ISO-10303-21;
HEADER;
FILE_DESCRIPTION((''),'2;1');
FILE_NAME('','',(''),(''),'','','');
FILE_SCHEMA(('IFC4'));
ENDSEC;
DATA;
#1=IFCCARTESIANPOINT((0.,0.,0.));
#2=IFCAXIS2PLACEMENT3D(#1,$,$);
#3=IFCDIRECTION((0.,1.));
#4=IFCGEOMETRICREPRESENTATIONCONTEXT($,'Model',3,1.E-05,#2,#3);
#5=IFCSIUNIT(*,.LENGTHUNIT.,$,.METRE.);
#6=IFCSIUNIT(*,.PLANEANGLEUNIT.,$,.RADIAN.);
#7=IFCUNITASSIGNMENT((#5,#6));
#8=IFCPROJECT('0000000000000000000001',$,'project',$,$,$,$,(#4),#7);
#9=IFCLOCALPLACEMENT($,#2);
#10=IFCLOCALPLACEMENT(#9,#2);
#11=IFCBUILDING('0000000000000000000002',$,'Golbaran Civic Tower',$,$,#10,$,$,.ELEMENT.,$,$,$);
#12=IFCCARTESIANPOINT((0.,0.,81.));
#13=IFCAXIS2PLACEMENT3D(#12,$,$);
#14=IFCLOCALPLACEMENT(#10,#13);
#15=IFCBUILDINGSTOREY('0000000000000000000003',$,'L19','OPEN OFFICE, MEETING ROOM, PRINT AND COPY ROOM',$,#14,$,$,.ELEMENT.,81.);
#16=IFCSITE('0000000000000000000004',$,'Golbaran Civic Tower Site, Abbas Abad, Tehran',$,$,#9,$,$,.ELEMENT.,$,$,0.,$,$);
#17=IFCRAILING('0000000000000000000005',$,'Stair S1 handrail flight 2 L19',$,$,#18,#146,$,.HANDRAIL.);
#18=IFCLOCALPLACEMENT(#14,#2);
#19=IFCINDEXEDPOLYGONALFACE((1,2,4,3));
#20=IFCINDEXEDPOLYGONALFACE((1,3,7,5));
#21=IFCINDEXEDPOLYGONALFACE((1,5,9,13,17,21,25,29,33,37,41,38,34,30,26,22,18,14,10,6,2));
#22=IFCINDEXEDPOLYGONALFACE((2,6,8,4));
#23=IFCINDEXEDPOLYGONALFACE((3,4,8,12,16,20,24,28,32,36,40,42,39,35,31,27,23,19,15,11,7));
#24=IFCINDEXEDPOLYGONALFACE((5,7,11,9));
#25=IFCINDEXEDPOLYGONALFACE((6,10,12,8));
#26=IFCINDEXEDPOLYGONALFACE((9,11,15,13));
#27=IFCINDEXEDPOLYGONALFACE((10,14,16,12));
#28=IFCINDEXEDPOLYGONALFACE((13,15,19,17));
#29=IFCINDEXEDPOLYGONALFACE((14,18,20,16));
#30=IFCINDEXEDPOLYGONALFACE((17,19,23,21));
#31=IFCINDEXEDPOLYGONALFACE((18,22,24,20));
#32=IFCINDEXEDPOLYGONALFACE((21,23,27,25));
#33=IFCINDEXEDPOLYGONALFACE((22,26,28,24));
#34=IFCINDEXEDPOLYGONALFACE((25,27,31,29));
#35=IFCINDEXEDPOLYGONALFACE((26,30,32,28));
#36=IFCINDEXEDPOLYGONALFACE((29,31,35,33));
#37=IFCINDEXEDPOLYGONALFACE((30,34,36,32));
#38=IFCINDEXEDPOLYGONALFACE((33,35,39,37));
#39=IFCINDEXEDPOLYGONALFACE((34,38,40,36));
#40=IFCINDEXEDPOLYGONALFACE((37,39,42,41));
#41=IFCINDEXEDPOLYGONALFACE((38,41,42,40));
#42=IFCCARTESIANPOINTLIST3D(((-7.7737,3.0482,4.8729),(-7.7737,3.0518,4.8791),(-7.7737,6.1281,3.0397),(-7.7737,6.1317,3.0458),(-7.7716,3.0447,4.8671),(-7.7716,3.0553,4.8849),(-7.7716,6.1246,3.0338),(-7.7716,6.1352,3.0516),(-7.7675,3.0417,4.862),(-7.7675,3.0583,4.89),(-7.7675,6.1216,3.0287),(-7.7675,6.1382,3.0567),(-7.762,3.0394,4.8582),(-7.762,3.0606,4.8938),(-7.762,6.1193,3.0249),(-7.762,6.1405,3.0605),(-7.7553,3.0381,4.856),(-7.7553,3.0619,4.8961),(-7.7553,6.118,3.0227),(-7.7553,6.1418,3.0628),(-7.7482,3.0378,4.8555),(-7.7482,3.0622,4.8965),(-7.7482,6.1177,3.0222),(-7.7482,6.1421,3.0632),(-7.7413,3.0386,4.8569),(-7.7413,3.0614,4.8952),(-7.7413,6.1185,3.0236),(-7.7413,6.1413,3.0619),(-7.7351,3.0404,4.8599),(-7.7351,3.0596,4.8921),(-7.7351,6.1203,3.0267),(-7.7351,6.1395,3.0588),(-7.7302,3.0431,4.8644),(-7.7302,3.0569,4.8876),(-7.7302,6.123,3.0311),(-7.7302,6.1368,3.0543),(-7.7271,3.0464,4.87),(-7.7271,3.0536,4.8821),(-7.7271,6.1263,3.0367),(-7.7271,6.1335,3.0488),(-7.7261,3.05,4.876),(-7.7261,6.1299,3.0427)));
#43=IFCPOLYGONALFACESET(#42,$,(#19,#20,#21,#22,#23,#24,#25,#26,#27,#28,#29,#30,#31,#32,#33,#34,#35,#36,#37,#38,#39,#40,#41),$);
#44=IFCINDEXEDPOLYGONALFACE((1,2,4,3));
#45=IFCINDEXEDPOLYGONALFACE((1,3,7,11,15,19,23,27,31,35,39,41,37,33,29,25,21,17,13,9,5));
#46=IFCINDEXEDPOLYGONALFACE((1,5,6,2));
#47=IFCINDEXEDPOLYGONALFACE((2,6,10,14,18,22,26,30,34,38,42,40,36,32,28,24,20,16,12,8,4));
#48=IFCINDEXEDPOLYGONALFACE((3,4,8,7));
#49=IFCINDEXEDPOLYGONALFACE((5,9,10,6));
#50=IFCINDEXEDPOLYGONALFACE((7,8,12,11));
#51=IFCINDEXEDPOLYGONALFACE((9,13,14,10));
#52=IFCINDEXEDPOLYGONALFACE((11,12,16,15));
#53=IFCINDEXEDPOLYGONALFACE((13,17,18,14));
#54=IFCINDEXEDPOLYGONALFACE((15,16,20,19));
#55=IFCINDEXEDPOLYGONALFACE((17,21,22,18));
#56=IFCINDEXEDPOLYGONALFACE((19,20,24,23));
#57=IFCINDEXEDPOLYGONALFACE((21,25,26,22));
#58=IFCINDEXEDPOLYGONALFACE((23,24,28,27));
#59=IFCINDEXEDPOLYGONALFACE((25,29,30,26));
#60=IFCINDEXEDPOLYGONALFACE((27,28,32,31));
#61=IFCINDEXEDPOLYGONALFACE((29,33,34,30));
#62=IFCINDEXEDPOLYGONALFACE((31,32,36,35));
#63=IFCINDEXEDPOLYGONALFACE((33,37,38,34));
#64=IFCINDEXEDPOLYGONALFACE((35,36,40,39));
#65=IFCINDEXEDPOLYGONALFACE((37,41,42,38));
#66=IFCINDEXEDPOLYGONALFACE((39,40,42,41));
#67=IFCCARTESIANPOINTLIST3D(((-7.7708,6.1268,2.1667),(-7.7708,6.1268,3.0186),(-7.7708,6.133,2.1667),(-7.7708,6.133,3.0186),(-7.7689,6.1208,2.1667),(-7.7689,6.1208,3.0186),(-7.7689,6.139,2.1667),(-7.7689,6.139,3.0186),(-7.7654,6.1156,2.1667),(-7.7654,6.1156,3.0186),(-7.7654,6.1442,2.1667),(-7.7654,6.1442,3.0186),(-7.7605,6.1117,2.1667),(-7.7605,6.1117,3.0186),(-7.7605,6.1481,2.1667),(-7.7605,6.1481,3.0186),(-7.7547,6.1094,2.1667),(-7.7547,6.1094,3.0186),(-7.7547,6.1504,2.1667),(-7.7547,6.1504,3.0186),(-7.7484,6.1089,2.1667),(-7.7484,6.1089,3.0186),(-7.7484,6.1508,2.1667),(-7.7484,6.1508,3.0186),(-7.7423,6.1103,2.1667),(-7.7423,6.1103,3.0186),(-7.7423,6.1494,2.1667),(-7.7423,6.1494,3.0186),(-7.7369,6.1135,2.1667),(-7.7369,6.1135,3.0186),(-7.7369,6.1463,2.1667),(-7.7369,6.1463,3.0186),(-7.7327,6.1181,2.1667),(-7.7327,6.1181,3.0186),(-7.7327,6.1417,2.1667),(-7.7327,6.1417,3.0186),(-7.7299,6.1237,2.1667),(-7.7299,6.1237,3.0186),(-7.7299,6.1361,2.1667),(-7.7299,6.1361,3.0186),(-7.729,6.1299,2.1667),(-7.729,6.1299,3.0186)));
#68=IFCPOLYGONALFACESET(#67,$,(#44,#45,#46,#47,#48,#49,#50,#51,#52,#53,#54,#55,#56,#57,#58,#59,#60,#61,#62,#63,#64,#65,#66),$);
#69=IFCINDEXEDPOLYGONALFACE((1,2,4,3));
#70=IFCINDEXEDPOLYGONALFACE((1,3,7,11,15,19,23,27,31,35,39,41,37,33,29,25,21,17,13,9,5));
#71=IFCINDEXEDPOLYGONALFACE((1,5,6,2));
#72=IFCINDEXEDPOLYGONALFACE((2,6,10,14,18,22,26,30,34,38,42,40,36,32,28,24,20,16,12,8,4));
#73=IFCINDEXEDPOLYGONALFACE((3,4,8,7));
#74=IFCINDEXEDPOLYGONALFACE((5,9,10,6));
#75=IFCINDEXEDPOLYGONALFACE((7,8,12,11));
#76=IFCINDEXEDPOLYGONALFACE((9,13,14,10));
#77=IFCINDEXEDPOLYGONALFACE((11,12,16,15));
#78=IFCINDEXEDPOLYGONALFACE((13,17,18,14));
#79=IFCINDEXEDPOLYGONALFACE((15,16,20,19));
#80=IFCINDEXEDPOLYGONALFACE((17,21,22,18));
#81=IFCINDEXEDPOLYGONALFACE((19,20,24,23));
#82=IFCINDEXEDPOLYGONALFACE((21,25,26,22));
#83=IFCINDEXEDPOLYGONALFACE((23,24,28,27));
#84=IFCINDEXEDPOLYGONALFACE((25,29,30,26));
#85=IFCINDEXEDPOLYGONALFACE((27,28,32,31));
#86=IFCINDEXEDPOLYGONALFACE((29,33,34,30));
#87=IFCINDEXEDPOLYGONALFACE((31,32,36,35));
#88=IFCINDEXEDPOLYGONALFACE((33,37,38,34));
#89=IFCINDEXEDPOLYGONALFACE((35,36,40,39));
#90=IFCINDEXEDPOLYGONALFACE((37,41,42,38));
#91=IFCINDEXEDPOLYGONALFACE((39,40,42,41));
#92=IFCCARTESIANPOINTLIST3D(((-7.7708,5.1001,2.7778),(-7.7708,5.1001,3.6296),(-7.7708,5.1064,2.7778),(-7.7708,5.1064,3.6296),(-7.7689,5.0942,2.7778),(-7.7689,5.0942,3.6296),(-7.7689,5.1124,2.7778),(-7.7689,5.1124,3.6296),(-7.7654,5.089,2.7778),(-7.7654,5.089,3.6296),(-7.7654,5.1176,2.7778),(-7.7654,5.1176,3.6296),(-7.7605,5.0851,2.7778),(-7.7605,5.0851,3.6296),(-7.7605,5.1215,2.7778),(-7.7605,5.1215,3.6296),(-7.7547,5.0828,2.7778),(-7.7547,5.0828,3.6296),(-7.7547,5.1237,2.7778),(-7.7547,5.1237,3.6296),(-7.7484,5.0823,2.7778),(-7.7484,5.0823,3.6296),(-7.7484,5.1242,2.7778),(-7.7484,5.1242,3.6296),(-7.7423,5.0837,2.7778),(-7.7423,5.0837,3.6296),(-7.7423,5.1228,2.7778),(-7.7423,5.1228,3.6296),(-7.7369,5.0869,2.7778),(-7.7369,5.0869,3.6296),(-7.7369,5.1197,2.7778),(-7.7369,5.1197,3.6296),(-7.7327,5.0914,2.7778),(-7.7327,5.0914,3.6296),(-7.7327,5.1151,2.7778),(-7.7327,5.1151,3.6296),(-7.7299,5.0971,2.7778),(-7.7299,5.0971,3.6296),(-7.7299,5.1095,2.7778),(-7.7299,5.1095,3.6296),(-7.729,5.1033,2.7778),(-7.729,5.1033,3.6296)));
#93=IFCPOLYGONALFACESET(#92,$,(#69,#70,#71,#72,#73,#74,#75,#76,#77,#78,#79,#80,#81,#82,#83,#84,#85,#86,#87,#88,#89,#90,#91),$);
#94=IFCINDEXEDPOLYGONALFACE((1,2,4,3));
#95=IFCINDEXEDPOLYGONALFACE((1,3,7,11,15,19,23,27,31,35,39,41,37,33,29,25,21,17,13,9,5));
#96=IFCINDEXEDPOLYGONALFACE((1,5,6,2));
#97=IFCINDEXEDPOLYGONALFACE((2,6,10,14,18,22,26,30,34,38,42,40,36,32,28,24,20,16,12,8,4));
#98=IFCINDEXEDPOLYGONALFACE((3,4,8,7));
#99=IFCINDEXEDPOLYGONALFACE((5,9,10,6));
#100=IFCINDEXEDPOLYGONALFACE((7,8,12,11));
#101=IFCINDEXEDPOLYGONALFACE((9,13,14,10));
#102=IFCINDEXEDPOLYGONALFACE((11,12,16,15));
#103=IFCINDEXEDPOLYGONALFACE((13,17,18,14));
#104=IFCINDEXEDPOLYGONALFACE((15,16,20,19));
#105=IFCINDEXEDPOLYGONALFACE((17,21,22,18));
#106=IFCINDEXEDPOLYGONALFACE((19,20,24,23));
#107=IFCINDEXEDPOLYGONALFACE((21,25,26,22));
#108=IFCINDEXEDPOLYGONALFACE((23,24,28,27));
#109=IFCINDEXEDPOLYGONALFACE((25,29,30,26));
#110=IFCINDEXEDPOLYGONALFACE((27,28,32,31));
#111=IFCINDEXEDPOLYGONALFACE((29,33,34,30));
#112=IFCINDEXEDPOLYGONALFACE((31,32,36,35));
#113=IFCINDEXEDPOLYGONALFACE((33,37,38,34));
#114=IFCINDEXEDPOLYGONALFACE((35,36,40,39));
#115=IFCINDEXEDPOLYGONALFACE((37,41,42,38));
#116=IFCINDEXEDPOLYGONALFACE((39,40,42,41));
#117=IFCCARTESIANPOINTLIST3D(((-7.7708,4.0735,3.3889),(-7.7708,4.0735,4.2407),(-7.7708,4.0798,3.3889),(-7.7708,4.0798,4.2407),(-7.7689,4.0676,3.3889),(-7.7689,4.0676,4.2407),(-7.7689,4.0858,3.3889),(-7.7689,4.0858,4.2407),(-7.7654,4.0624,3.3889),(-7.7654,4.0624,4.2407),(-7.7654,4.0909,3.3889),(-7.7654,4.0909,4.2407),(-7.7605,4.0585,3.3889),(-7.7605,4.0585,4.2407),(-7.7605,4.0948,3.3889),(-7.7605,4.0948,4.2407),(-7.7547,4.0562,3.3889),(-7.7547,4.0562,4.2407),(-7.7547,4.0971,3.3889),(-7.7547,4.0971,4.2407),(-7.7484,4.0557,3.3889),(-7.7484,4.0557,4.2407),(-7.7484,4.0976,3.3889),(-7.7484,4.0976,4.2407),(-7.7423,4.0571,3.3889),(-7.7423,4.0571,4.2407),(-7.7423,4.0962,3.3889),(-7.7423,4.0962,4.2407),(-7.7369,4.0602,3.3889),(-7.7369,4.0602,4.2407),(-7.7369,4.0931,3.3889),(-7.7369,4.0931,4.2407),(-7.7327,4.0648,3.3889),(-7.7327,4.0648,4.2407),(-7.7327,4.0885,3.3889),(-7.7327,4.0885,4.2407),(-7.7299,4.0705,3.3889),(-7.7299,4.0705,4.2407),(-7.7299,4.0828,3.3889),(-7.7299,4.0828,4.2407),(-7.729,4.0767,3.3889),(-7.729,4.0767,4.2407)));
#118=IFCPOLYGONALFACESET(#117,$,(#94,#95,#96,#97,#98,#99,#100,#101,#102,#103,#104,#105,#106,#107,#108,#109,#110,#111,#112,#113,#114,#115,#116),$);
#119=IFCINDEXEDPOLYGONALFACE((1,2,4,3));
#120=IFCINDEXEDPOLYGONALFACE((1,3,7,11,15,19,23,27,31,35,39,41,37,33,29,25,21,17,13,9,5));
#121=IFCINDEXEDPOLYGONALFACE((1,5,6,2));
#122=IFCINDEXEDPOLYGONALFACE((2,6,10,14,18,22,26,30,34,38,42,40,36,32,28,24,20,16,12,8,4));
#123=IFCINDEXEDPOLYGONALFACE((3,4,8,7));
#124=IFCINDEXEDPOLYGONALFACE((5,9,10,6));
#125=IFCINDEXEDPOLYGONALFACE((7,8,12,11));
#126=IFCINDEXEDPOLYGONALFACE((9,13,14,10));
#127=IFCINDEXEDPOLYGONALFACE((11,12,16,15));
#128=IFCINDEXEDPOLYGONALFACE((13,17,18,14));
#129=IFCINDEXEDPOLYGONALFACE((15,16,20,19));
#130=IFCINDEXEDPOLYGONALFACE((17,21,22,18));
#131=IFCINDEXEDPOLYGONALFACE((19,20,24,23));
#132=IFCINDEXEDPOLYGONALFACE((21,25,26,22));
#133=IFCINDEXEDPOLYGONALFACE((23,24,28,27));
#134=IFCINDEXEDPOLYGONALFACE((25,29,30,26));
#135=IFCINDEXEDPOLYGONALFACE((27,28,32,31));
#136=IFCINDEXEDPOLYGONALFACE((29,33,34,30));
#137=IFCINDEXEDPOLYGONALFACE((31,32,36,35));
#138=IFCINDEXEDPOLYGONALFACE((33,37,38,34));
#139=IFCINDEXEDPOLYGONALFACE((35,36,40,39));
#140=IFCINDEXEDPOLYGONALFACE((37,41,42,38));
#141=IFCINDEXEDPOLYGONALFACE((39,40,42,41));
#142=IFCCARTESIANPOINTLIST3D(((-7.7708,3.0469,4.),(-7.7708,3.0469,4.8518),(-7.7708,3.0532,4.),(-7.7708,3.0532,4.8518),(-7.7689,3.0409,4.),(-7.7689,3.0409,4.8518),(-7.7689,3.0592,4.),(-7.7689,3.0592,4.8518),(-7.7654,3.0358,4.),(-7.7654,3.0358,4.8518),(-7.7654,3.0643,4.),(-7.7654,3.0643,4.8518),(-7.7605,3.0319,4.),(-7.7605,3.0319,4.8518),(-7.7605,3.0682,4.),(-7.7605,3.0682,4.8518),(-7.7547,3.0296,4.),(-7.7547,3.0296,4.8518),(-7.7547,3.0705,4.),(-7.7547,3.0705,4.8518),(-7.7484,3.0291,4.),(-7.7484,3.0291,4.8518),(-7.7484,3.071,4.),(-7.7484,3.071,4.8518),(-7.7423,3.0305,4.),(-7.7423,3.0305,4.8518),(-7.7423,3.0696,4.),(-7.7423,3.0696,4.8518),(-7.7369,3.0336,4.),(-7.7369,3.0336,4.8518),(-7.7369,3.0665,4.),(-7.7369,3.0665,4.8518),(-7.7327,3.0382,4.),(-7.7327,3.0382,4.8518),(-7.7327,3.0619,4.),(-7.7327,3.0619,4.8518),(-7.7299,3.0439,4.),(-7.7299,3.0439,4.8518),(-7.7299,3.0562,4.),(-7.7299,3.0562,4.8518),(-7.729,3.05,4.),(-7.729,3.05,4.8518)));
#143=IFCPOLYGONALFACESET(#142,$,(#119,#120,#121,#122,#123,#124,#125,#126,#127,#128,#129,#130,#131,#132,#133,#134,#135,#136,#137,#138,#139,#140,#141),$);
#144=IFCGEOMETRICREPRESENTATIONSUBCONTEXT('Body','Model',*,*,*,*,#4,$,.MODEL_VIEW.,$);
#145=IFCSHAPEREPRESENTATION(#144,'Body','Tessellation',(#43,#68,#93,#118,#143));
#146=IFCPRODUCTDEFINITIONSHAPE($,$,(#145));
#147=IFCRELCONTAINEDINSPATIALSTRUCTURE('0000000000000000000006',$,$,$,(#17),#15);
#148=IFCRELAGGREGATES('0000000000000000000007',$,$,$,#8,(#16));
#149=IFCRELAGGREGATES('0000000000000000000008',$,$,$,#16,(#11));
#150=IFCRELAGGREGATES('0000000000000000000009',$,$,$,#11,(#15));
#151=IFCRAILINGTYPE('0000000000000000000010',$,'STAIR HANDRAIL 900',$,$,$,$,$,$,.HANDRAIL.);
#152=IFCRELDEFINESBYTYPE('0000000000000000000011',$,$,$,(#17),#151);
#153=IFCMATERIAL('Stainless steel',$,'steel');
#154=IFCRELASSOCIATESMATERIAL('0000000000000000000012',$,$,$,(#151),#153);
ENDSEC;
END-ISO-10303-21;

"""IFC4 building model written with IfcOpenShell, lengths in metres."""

from ifc_helpers import new_model, si_unit, direction, frame, origin, origin_2d, place, context, subcontext, project, spatial, circle, extrude, material, type_object, element, save


model = new_model("IFC4")

# Units and contexts
model_context = context("Model", 3, precision=1e-05, world=origin(), true_north=direction((0.0, 1.0)))
body_context = subcontext(model_context, "Body", "Model", "MODEL_VIEW")
ifc_project = project(units=[si_unit("LENGTHUNIT", "METRE"), si_unit("PLANEANGLEUNIT", "RADIAN")], contexts=[model_context])

# Site, building, storey
site_placement = place(None, origin())
site = spatial("IfcSite", under=ifc_project, at=site_placement, Name="Golbaran Civic Tower Site, Abbas Abad, Tehran", CompositionType="ELEMENT", RefElevation=0.0)
building_placement = place(site_placement, origin())
building = spatial("IfcBuilding", under=site, at=building_placement, Name="Golbaran Civic Tower", CompositionType="ELEMENT")
storey_placement = place(building_placement, frame((0.0, 0.0, 81.0)))
storey = spatial("IfcBuildingStorey", under=building, at=storey_placement, Name="L19", Description="OPEN OFFICE, MEETING ROOM, PRINT AND COPY ROOM", CompositionType="ELEMENT", Elevation=81.0)

# Railing
ifc_material_1 = material(Name="Stainless steel", Category="steel")
railing_type = type_object("IfcRailingType", Name="STAIR HANDRAIL 900", PredefinedType="HANDRAIL", material=ifc_material_1)
railing_1_placement = place(storey_placement, frame((-7.75, 6.1299, 2.1667)))
element("IfcRailing", 1, at=railing_1_placement, inside=storey, type_object=railing_type, Name="Stair S1 handrail flight 2 L19", PredefinedType="HANDRAIL", context=body_context, shape_type="SweptSolid", body=[
    extrude(circle(Radius=0.0239, at=origin_2d()), frame((0.0, 0.0, 0.876), z_axis=(0.0, -0.859291, 0.511487), x_axis=(1.0, 0.0, 0.0)), (0.0, 0.0, 1.0), 3.5842),
    extrude(circle(Radius=0.021, at=origin_2d()), origin(), (0.0, 0.0, 1.0), 0.8518),
    extrude(circle(Radius=0.021, at=origin_2d()), frame((0.0, -1.0266, 0.6111)), (0.0, 0.0, 1.0), 0.8518),
    extrude(circle(Radius=0.021, at=origin_2d()), frame((0.0, -2.0532, 1.2222)), (0.0, 0.0, 1.0), 0.8518),
    extrude(circle(Radius=0.021, at=origin_2d()), frame((0.0, -3.0798, 1.8333)), (0.0, 0.0, 1.0), 0.8518),
])

save(model, "model.ifc")
